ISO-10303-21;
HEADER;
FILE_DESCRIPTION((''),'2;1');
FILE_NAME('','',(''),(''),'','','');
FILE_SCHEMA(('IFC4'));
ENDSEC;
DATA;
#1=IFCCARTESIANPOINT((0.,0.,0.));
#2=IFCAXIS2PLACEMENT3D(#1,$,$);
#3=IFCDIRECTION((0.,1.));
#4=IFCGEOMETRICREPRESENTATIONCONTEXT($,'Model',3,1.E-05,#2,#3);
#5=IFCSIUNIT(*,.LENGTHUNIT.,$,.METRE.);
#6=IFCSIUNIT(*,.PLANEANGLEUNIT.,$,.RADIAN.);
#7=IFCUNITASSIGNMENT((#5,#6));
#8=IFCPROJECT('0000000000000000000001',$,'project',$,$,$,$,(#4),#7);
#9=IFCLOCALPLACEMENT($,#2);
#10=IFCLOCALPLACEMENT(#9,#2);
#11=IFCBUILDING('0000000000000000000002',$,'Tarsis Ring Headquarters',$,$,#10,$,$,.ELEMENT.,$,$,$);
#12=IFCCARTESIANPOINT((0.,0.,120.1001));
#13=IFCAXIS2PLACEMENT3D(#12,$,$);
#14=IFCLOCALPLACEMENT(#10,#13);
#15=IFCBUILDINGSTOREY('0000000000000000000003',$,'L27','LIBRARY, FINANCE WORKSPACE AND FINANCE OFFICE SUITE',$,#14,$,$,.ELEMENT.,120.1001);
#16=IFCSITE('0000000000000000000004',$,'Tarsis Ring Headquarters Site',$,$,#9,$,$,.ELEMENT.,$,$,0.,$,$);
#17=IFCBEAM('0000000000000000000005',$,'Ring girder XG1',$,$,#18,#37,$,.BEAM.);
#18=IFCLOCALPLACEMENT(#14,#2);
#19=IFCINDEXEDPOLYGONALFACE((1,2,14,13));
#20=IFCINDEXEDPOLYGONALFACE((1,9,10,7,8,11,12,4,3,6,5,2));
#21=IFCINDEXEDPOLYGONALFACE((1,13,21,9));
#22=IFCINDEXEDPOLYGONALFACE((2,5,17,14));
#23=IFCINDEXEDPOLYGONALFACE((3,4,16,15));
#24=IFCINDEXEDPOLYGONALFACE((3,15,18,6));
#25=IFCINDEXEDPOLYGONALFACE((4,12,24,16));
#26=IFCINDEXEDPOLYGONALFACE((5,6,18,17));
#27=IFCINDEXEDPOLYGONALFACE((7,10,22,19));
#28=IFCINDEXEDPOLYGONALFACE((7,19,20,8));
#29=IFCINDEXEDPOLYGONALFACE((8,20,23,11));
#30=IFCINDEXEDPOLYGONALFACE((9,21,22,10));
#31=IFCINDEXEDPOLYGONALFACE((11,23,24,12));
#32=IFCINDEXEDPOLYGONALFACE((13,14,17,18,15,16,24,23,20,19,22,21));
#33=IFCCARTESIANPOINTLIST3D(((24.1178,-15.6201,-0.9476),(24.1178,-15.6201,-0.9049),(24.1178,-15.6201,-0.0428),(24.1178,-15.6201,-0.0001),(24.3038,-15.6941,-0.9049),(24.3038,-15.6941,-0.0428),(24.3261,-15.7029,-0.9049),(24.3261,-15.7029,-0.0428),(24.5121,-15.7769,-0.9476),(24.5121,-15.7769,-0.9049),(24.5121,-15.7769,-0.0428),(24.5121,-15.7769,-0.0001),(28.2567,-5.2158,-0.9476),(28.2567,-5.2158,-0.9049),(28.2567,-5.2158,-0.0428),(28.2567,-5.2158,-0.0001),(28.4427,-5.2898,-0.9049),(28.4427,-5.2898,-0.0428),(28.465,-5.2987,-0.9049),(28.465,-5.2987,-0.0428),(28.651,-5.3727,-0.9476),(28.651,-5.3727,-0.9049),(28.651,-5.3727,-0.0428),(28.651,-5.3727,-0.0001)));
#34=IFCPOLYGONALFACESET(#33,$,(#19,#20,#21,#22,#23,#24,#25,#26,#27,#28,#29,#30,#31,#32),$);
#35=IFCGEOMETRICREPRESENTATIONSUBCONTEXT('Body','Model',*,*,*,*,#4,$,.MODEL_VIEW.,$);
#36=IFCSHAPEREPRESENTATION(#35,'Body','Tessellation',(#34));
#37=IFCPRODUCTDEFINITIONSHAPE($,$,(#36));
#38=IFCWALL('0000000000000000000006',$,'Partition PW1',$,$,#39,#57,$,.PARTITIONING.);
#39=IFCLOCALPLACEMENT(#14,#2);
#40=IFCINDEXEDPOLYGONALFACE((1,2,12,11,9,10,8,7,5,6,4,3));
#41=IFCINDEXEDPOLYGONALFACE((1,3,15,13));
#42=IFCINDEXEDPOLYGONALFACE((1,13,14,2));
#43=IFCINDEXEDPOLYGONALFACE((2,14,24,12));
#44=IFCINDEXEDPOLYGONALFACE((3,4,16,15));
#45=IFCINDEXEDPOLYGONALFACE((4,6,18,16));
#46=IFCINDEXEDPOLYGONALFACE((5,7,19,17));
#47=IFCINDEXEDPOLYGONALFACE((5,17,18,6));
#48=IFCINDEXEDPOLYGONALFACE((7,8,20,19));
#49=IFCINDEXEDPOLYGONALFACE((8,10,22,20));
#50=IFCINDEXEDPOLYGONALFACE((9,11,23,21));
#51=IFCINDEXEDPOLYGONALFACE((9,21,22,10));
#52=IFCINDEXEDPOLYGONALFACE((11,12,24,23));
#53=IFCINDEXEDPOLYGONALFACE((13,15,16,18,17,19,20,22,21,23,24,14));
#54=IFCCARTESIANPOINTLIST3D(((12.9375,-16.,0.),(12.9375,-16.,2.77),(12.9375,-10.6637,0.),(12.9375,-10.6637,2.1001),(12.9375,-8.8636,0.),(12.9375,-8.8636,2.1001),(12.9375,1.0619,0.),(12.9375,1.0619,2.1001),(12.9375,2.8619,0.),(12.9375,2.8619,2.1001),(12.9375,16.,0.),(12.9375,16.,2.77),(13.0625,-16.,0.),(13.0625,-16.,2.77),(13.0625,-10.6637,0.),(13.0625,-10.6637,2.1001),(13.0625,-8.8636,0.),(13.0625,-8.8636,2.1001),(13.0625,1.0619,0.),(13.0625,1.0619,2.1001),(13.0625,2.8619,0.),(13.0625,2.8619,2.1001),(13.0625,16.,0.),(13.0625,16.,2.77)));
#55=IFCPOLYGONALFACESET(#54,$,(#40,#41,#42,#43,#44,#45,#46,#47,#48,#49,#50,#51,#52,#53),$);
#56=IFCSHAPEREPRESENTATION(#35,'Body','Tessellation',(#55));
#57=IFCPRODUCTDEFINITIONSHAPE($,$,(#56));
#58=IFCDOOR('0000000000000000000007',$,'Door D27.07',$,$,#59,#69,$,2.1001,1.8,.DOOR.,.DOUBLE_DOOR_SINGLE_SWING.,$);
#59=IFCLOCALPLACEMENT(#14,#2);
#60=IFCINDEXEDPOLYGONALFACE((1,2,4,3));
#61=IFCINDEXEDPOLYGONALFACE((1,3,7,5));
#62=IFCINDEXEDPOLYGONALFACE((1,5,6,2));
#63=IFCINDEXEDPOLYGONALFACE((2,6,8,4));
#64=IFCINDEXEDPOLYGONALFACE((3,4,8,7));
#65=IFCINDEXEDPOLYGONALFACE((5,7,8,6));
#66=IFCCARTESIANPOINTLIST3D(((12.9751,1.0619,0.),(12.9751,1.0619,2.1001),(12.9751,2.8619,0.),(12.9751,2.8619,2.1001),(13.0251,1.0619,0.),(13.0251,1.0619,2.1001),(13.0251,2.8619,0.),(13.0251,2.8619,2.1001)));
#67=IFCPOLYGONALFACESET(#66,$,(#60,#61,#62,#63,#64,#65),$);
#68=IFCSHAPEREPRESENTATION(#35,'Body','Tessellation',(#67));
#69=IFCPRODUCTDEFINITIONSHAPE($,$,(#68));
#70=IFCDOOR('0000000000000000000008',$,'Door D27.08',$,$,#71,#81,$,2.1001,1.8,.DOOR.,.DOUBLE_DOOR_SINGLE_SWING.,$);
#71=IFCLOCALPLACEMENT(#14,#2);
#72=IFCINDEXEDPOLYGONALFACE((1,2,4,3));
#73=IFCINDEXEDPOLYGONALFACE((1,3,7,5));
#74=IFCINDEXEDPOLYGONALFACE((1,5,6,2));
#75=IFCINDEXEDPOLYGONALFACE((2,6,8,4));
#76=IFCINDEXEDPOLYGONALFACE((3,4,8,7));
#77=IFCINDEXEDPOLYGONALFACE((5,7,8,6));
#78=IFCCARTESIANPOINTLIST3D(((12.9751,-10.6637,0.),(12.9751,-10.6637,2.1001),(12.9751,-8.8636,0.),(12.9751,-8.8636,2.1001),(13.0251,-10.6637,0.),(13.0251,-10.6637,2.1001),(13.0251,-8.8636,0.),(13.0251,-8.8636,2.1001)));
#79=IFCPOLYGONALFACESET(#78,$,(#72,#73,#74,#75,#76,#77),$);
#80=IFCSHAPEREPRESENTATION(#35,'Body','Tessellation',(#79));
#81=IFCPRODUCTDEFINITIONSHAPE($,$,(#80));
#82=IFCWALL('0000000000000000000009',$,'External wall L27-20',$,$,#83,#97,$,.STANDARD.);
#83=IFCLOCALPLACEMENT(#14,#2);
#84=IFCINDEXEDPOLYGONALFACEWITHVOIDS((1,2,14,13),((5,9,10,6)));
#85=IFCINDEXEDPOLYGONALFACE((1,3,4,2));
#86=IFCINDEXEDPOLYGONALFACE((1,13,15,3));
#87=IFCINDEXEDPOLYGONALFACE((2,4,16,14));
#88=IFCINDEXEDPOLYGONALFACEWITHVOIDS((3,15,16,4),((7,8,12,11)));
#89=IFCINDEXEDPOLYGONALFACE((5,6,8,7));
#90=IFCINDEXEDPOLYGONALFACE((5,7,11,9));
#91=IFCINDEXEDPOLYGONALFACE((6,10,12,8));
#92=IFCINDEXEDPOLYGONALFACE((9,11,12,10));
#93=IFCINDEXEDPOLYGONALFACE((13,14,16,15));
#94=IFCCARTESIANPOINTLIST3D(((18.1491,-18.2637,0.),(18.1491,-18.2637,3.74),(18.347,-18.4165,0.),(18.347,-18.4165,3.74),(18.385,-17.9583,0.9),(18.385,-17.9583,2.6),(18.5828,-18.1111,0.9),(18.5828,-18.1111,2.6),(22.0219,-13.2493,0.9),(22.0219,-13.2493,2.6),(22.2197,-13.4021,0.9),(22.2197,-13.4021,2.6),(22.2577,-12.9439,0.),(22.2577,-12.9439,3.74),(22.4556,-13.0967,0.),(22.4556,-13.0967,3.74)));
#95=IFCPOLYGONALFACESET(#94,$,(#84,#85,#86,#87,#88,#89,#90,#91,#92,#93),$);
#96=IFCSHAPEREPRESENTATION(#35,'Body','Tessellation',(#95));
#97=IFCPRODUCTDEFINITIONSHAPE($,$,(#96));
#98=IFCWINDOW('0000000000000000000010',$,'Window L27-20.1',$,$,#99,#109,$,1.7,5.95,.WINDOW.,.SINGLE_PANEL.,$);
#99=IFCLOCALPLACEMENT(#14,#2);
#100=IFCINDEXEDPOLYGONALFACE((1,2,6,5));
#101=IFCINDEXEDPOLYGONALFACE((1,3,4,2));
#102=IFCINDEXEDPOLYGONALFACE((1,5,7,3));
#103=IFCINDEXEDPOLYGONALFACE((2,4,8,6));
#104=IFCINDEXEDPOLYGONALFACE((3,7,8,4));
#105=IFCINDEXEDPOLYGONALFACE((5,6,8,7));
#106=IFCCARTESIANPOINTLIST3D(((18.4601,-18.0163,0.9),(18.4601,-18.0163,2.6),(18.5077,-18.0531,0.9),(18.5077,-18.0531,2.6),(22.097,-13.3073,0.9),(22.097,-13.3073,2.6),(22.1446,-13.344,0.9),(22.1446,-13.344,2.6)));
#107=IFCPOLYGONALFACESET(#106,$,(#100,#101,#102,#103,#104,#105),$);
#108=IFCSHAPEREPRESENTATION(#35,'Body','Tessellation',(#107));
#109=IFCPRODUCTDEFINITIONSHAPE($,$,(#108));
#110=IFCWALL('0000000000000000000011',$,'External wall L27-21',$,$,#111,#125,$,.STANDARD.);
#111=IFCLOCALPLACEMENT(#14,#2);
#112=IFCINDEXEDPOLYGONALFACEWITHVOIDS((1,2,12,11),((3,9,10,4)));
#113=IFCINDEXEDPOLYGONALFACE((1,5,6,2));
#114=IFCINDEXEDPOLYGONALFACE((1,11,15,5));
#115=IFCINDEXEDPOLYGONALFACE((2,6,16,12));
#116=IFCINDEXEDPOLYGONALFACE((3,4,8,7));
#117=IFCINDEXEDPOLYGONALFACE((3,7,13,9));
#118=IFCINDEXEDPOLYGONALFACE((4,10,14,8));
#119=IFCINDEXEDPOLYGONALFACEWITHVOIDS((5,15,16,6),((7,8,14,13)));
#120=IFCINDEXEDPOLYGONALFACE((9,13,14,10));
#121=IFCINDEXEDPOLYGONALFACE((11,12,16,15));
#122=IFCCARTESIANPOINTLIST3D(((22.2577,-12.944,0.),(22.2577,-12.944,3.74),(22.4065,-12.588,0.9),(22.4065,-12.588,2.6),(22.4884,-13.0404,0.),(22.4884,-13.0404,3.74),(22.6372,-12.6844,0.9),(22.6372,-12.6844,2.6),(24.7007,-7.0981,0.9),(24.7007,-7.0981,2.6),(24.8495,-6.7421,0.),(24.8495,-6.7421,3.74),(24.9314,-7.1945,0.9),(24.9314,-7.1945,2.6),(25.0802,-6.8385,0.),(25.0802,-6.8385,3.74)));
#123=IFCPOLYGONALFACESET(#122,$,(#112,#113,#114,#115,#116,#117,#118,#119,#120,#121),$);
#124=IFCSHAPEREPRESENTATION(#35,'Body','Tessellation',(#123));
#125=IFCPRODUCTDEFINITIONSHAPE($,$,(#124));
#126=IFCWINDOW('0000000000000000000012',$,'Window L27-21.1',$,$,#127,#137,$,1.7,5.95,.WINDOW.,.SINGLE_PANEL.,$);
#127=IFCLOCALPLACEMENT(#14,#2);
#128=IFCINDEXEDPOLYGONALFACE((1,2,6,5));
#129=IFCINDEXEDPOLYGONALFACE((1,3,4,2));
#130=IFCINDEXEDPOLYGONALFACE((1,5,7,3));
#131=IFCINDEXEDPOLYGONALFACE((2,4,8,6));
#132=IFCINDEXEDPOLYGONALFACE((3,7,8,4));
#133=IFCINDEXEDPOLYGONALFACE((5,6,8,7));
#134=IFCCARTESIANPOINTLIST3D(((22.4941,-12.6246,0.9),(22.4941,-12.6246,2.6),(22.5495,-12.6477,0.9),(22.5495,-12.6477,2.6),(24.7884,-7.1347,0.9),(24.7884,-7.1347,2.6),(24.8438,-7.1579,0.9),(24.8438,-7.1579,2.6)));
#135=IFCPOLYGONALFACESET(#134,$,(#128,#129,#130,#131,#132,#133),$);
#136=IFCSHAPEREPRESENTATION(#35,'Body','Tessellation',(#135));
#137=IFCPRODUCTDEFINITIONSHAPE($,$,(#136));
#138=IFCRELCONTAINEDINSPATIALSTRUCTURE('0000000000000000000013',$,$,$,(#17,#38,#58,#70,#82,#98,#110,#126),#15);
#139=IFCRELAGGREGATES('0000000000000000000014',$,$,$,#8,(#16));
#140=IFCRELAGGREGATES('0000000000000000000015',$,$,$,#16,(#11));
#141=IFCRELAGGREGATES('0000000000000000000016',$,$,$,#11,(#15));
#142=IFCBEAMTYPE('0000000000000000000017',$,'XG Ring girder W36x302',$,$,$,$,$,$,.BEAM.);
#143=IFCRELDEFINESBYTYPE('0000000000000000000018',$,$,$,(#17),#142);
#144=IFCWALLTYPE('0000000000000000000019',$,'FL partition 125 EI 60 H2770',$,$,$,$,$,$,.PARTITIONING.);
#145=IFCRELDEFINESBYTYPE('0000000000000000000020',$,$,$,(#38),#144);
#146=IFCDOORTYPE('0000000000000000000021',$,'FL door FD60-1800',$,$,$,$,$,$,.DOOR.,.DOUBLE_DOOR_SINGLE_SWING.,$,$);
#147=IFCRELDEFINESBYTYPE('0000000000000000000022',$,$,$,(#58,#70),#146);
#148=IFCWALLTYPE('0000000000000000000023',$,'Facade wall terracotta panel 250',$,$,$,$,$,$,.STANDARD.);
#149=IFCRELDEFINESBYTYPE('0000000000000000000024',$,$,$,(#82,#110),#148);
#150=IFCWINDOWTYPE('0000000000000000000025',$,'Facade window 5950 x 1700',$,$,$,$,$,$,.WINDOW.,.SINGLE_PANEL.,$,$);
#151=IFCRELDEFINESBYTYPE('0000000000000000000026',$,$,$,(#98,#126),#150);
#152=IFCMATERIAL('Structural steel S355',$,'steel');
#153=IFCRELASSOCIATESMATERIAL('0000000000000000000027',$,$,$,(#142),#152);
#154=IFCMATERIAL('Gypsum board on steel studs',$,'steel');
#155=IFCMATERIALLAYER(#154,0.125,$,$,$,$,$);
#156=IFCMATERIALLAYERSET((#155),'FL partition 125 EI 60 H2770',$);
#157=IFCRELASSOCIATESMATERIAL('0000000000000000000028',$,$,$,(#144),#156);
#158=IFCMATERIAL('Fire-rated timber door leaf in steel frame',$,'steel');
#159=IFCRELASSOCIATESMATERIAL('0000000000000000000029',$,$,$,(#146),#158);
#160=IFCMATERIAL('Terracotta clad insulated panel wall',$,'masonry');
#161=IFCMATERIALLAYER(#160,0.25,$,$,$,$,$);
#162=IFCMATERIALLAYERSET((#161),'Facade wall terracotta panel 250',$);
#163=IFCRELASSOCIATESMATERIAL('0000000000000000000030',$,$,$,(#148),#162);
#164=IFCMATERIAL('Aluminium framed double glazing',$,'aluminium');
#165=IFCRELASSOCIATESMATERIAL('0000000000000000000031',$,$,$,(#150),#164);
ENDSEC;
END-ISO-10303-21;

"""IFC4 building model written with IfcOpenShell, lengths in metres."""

from ifc_helpers import new_model, si_unit, direction, frame, frame_2d, origin, origin_2d, place, context, subcontext, project, spatial, rectangle, i_section, extrude, material, layer, layer_set, material_profile, profile_set, type_object, element, fill, save


model = new_model("IFC4")

# Units and contexts
model_context = context("Model", 3, precision=1e-05, world=origin(), true_north=direction((0.0, 1.0)))
body_context = subcontext(model_context, "Body", "Model", "MODEL_VIEW")
ifc_project = project(units=[si_unit("LENGTHUNIT", "METRE"), si_unit("PLANEANGLEUNIT", "RADIAN")], contexts=[model_context])

# Site, building, storey
site_placement = place(None, origin())
site = spatial("IfcSite", under=ifc_project, at=site_placement, Name="Tarsis Ring Headquarters Site", CompositionType="ELEMENT", RefElevation=0.0)
building_placement = place(site_placement, origin())
building = spatial("IfcBuilding", under=site, at=building_placement, Name="Tarsis Ring Headquarters", CompositionType="ELEMENT")
storey_placement = place(building_placement, frame((0.0, 0.0, 120.1001)))
storey = spatial("IfcBuildingStorey", under=building, at=storey_placement, Name="L27", Description="LIBRARY, FINANCE WORKSPACE AND FINANCE OFFICE SUITE", CompositionType="ELEMENT", Elevation=120.1001)

# Shared definitions
ifc_material_1 = material(Name="Structural steel S355", Category="steel")

# Beam
ifc_material_profile_1 = material_profile(ifc_material_1, i_section(OverallWidth=0.4243, OverallDepth=0.9475, WebThickness=0.0239, FlangeThickness=0.0427, at=origin_2d()), Name="W36x302")
ifc_profile_set_1 = profile_set([ifc_material_profile_1], Name="Structural steel S355")
beam_type = type_object("IfcBeamType", Name="XG Ring girder W36x302", PredefinedType="BEAM", material=ifc_profile_set_1)
for number, where, z_axis, x_axis, name in (
    (1, (24.3149, -15.6985, -0.4739), (0.369634, 0.929177, 0.0), (-0.929177, 0.369634, 0.0), "Ring girder XG1"),
):
    element("IfcBeam", number, at=place(storey_placement, frame(where, z_axis=z_axis, x_axis=x_axis)), inside=storey, type_object=beam_type, Name=name, PredefinedType="BEAM", context=body_context, shape_type="SweptSolid", body=[
        extrude(i_section(OverallWidth=0.4243, OverallDepth=0.9475, WebThickness=0.0239, FlangeThickness=0.0427, at=origin_2d()), origin(), (0.0, 0.0, 1.0), 11.1973),
    ])

# Wall, openings, doors
ifc_material_2 = material(Name="Gypsum board on steel studs", Category="steel")
ifc_layer_1 = layer(ifc_material_2, 0.125)
ifc_layer_set_1 = layer_set([ifc_layer_1], Name="FL partition 125 EI 60 H2770")
wall_type_1 = type_object("IfcWallType", Name="FL partition 125 EI 60 H2770", PredefinedType="PARTITIONING", material=ifc_layer_set_1)
wall_1_placement = place(storey_placement, frame((13.0, -16.0, 0.0), z_axis=(0.0, 0.0, 1.0), x_axis=(0.0, 1.0, 0.0)))
wall_1 = element("IfcWall", 2, at=wall_1_placement, inside=storey, type_object=wall_type_1, Name="Partition PW1", PredefinedType="PARTITIONING", context=body_context, shape_type="SweptSolid", body=[
    extrude(rectangle(XDim=32.0, YDim=0.125, at=frame_2d((16.0, 0.0))), origin(), (0.0, 0.0, 1.0), 2.77),
])
opening_1_placement = place(wall_1_placement, frame((17.062, 0.0, 0.0)))
opening_1 = element("IfcOpeningElement", 3, at=opening_1_placement, cuts=wall_1, PredefinedType="OPENING", context=body_context, shape_type="SweptSolid", body=[
    extrude(rectangle(XDim=1.8, YDim=2.1001, at=frame_2d((0.8999, 1.05))), frame((0.0, 0.0725, 0.0), z_axis=(0.0, -1.0, 0.0), x_axis=(1.0, 0.0, 0.0)), (0.0, 0.0, 1.0), 0.145),
])
opening_2_placement = place(wall_1_placement, frame((5.3364, 0.0, 0.0)))
opening_2 = element("IfcOpeningElement", 4, at=opening_2_placement, cuts=wall_1, PredefinedType="OPENING", context=body_context, shape_type="SweptSolid", body=[
    extrude(rectangle(XDim=1.8, YDim=2.1001, at=frame_2d((0.8999, 1.05))), frame((0.0, 0.0725, 0.0), z_axis=(0.0, -1.0, 0.0), x_axis=(1.0, 0.0, 0.0)), (0.0, 0.0, 1.0), 0.145),
])
ifc_material_3 = material(Name="Fire-rated timber door leaf in steel frame", Category="steel")
door_type = type_object("IfcDoorType", Name="FL door FD60-1800", OperationType="DOUBLE_DOOR_SINGLE_SWING", PredefinedType="DOOR", material=ifc_material_3)
door_1_placement = place(opening_1_placement, origin())
door_1 = element("IfcDoor", 5, at=door_1_placement, inside=storey, type_object=door_type, Name="Door D27.07", OperationType="DOUBLE_DOOR_SINGLE_SWING", OverallHeight=2.1001, OverallWidth=1.8, PredefinedType="DOOR", context=body_context, shape_type="SweptSolid", body=[
    extrude(rectangle(XDim=1.8, YDim=2.1001, at=frame_2d((0.8999, 1.05))), frame((0.0, 0.0249, 0.0), z_axis=(0.0, -1.0, 0.0), x_axis=(1.0, 0.0, 0.0)), (0.0, 0.0, 1.0), 0.05),
])
fill(opening_1, door_1)
door_2_placement = place(opening_2_placement, origin())
door_2 = element("IfcDoor", 6, at=door_2_placement, inside=storey, type_object=door_type, Name="Door D27.08", OperationType="DOUBLE_DOOR_SINGLE_SWING", OverallHeight=2.1001, OverallWidth=1.8, PredefinedType="DOOR", context=body_context, shape_type="SweptSolid", body=[
    extrude(rectangle(XDim=1.8, YDim=2.1001, at=frame_2d((0.8999, 1.05))), frame((0.0, 0.0249, 0.0), z_axis=(0.0, -1.0, 0.0), x_axis=(1.0, 0.0, 0.0)), (0.0, 0.0, 1.0), 0.05),
])
fill(opening_2, door_2)

# Walls, openings, windows
ifc_material_4 = material(Name="Terracotta clad insulated panel wall", Category="masonry")
ifc_layer_2 = layer(ifc_material_4, 0.25)
ifc_layer_set_2 = layer_set([ifc_layer_2], Name="Facade wall terracotta panel 250")
wall_type_2 = type_object("IfcWallType", Name="Facade wall terracotta panel 250", PredefinedType="STANDARD", material=ifc_layer_set_2)
wall_2_placement = place(storey_placement, frame((18.248, -18.3401, 0.0), z_axis=(0.0, 0.0, 1.0), x_axis=(0.611249, 0.791438, 0.0)))
wall_2 = element("IfcWall", 7, at=wall_2_placement, inside=storey, type_object=wall_type_2, Name="External wall L27-20", PredefinedType="STANDARD", context=body_context, shape_type="SweptSolid", body=[
    extrude(rectangle(XDim=6.7217, YDim=0.25, at=frame_2d((3.3608, 0.0))), origin(), (0.0, 0.0, 1.0), 3.74),
])
opening_3_placement = place(wall_2_placement, frame((0.3857, 0.0, 0.8999)))
opening_3 = element("IfcOpeningElement", 8, at=opening_3_placement, cuts=wall_2, PredefinedType="OPENING", context=body_context, shape_type="SweptSolid", body=[
    extrude(rectangle(XDim=5.95, YDim=1.7, at=frame_2d((2.9751, 0.8501))), frame((0.0, 0.135, 0.0), z_axis=(0.0, -1.0, 0.0), x_axis=(1.0, 0.0, 0.0)), (0.0, 0.0, 1.0), 0.27),
])
ifc_material_5 = material(Name="Aluminium framed double glazing", Category="aluminium")
window_type = type_object("IfcWindowType", Name="Facade window 5950 x 1700", PartitioningType="SINGLE_PANEL", PredefinedType="WINDOW", material=ifc_material_5)
window_1_placement = place(opening_3_placement, origin())
window_1 = element("IfcWindow", 9, at=window_1_placement, inside=storey, type_object=window_type, Name="Window L27-20.1", OverallHeight=1.7, OverallWidth=5.95, PartitioningType="SINGLE_PANEL", PredefinedType="WINDOW", context=body_context, shape_type="SweptSolid", body=[
    extrude(rectangle(XDim=5.95, YDim=1.7, at=frame_2d((2.9751, 0.8501))), frame((0.0, 0.03, 0.0), z_axis=(0.0, -1.0, 0.0), x_axis=(1.0, 0.0, 0.0)), (0.0, 0.0, 1.0), 0.0601),
])
fill(opening_3, window_1)
wall_3_placement = place(storey_placement, frame((22.373, -12.9922, 0.0), z_axis=(0.0, 0.0, 1.0), x_axis=(0.385587, 0.922671, 0.0)))
wall_3 = element("IfcWall", 10, at=wall_3_placement, inside=storey, type_object=wall_type_2, Name="External wall L27-21", PredefinedType="STANDARD", context=body_context, shape_type="SweptSolid", body=[
    extrude(rectangle(XDim=6.7217, YDim=0.25, at=frame_2d((3.3608, 0.0))), origin(), (0.0, 0.0, 1.0), 3.74),
])
opening_4_placement = place(wall_3_placement, frame((0.3857, 0.0, 0.8999)))
opening_4 = element("IfcOpeningElement", 11, at=opening_4_placement, cuts=wall_3, PredefinedType="OPENING", context=body_context, shape_type="SweptSolid", body=[
    extrude(rectangle(XDim=5.95, YDim=1.7, at=frame_2d((2.9751, 0.8501))), frame((0.0, 0.135, 0.0), z_axis=(0.0, -1.0, 0.0), x_axis=(1.0, 0.0, 0.0)), (0.0, 0.0, 1.0), 0.27),
])
window_2_placement = place(opening_4_placement, origin())
window_2 = element("IfcWindow", 12, at=window_2_placement, inside=storey, type_object=window_type, Name="Window L27-21.1", OverallHeight=1.7, OverallWidth=5.95, PartitioningType="SINGLE_PANEL", PredefinedType="WINDOW", context=body_context, shape_type="SweptSolid", body=[
    extrude(rectangle(XDim=5.95, YDim=1.7, at=frame_2d((2.9751, 0.8501))), frame((0.0, 0.03, 0.0), z_axis=(0.0, -1.0, 0.0), x_axis=(1.0, 0.0, 0.0)), (0.0, 0.0, 1.0), 0.0601),
])
fill(opening_4, window_2)

save(model, "model.ifc")
